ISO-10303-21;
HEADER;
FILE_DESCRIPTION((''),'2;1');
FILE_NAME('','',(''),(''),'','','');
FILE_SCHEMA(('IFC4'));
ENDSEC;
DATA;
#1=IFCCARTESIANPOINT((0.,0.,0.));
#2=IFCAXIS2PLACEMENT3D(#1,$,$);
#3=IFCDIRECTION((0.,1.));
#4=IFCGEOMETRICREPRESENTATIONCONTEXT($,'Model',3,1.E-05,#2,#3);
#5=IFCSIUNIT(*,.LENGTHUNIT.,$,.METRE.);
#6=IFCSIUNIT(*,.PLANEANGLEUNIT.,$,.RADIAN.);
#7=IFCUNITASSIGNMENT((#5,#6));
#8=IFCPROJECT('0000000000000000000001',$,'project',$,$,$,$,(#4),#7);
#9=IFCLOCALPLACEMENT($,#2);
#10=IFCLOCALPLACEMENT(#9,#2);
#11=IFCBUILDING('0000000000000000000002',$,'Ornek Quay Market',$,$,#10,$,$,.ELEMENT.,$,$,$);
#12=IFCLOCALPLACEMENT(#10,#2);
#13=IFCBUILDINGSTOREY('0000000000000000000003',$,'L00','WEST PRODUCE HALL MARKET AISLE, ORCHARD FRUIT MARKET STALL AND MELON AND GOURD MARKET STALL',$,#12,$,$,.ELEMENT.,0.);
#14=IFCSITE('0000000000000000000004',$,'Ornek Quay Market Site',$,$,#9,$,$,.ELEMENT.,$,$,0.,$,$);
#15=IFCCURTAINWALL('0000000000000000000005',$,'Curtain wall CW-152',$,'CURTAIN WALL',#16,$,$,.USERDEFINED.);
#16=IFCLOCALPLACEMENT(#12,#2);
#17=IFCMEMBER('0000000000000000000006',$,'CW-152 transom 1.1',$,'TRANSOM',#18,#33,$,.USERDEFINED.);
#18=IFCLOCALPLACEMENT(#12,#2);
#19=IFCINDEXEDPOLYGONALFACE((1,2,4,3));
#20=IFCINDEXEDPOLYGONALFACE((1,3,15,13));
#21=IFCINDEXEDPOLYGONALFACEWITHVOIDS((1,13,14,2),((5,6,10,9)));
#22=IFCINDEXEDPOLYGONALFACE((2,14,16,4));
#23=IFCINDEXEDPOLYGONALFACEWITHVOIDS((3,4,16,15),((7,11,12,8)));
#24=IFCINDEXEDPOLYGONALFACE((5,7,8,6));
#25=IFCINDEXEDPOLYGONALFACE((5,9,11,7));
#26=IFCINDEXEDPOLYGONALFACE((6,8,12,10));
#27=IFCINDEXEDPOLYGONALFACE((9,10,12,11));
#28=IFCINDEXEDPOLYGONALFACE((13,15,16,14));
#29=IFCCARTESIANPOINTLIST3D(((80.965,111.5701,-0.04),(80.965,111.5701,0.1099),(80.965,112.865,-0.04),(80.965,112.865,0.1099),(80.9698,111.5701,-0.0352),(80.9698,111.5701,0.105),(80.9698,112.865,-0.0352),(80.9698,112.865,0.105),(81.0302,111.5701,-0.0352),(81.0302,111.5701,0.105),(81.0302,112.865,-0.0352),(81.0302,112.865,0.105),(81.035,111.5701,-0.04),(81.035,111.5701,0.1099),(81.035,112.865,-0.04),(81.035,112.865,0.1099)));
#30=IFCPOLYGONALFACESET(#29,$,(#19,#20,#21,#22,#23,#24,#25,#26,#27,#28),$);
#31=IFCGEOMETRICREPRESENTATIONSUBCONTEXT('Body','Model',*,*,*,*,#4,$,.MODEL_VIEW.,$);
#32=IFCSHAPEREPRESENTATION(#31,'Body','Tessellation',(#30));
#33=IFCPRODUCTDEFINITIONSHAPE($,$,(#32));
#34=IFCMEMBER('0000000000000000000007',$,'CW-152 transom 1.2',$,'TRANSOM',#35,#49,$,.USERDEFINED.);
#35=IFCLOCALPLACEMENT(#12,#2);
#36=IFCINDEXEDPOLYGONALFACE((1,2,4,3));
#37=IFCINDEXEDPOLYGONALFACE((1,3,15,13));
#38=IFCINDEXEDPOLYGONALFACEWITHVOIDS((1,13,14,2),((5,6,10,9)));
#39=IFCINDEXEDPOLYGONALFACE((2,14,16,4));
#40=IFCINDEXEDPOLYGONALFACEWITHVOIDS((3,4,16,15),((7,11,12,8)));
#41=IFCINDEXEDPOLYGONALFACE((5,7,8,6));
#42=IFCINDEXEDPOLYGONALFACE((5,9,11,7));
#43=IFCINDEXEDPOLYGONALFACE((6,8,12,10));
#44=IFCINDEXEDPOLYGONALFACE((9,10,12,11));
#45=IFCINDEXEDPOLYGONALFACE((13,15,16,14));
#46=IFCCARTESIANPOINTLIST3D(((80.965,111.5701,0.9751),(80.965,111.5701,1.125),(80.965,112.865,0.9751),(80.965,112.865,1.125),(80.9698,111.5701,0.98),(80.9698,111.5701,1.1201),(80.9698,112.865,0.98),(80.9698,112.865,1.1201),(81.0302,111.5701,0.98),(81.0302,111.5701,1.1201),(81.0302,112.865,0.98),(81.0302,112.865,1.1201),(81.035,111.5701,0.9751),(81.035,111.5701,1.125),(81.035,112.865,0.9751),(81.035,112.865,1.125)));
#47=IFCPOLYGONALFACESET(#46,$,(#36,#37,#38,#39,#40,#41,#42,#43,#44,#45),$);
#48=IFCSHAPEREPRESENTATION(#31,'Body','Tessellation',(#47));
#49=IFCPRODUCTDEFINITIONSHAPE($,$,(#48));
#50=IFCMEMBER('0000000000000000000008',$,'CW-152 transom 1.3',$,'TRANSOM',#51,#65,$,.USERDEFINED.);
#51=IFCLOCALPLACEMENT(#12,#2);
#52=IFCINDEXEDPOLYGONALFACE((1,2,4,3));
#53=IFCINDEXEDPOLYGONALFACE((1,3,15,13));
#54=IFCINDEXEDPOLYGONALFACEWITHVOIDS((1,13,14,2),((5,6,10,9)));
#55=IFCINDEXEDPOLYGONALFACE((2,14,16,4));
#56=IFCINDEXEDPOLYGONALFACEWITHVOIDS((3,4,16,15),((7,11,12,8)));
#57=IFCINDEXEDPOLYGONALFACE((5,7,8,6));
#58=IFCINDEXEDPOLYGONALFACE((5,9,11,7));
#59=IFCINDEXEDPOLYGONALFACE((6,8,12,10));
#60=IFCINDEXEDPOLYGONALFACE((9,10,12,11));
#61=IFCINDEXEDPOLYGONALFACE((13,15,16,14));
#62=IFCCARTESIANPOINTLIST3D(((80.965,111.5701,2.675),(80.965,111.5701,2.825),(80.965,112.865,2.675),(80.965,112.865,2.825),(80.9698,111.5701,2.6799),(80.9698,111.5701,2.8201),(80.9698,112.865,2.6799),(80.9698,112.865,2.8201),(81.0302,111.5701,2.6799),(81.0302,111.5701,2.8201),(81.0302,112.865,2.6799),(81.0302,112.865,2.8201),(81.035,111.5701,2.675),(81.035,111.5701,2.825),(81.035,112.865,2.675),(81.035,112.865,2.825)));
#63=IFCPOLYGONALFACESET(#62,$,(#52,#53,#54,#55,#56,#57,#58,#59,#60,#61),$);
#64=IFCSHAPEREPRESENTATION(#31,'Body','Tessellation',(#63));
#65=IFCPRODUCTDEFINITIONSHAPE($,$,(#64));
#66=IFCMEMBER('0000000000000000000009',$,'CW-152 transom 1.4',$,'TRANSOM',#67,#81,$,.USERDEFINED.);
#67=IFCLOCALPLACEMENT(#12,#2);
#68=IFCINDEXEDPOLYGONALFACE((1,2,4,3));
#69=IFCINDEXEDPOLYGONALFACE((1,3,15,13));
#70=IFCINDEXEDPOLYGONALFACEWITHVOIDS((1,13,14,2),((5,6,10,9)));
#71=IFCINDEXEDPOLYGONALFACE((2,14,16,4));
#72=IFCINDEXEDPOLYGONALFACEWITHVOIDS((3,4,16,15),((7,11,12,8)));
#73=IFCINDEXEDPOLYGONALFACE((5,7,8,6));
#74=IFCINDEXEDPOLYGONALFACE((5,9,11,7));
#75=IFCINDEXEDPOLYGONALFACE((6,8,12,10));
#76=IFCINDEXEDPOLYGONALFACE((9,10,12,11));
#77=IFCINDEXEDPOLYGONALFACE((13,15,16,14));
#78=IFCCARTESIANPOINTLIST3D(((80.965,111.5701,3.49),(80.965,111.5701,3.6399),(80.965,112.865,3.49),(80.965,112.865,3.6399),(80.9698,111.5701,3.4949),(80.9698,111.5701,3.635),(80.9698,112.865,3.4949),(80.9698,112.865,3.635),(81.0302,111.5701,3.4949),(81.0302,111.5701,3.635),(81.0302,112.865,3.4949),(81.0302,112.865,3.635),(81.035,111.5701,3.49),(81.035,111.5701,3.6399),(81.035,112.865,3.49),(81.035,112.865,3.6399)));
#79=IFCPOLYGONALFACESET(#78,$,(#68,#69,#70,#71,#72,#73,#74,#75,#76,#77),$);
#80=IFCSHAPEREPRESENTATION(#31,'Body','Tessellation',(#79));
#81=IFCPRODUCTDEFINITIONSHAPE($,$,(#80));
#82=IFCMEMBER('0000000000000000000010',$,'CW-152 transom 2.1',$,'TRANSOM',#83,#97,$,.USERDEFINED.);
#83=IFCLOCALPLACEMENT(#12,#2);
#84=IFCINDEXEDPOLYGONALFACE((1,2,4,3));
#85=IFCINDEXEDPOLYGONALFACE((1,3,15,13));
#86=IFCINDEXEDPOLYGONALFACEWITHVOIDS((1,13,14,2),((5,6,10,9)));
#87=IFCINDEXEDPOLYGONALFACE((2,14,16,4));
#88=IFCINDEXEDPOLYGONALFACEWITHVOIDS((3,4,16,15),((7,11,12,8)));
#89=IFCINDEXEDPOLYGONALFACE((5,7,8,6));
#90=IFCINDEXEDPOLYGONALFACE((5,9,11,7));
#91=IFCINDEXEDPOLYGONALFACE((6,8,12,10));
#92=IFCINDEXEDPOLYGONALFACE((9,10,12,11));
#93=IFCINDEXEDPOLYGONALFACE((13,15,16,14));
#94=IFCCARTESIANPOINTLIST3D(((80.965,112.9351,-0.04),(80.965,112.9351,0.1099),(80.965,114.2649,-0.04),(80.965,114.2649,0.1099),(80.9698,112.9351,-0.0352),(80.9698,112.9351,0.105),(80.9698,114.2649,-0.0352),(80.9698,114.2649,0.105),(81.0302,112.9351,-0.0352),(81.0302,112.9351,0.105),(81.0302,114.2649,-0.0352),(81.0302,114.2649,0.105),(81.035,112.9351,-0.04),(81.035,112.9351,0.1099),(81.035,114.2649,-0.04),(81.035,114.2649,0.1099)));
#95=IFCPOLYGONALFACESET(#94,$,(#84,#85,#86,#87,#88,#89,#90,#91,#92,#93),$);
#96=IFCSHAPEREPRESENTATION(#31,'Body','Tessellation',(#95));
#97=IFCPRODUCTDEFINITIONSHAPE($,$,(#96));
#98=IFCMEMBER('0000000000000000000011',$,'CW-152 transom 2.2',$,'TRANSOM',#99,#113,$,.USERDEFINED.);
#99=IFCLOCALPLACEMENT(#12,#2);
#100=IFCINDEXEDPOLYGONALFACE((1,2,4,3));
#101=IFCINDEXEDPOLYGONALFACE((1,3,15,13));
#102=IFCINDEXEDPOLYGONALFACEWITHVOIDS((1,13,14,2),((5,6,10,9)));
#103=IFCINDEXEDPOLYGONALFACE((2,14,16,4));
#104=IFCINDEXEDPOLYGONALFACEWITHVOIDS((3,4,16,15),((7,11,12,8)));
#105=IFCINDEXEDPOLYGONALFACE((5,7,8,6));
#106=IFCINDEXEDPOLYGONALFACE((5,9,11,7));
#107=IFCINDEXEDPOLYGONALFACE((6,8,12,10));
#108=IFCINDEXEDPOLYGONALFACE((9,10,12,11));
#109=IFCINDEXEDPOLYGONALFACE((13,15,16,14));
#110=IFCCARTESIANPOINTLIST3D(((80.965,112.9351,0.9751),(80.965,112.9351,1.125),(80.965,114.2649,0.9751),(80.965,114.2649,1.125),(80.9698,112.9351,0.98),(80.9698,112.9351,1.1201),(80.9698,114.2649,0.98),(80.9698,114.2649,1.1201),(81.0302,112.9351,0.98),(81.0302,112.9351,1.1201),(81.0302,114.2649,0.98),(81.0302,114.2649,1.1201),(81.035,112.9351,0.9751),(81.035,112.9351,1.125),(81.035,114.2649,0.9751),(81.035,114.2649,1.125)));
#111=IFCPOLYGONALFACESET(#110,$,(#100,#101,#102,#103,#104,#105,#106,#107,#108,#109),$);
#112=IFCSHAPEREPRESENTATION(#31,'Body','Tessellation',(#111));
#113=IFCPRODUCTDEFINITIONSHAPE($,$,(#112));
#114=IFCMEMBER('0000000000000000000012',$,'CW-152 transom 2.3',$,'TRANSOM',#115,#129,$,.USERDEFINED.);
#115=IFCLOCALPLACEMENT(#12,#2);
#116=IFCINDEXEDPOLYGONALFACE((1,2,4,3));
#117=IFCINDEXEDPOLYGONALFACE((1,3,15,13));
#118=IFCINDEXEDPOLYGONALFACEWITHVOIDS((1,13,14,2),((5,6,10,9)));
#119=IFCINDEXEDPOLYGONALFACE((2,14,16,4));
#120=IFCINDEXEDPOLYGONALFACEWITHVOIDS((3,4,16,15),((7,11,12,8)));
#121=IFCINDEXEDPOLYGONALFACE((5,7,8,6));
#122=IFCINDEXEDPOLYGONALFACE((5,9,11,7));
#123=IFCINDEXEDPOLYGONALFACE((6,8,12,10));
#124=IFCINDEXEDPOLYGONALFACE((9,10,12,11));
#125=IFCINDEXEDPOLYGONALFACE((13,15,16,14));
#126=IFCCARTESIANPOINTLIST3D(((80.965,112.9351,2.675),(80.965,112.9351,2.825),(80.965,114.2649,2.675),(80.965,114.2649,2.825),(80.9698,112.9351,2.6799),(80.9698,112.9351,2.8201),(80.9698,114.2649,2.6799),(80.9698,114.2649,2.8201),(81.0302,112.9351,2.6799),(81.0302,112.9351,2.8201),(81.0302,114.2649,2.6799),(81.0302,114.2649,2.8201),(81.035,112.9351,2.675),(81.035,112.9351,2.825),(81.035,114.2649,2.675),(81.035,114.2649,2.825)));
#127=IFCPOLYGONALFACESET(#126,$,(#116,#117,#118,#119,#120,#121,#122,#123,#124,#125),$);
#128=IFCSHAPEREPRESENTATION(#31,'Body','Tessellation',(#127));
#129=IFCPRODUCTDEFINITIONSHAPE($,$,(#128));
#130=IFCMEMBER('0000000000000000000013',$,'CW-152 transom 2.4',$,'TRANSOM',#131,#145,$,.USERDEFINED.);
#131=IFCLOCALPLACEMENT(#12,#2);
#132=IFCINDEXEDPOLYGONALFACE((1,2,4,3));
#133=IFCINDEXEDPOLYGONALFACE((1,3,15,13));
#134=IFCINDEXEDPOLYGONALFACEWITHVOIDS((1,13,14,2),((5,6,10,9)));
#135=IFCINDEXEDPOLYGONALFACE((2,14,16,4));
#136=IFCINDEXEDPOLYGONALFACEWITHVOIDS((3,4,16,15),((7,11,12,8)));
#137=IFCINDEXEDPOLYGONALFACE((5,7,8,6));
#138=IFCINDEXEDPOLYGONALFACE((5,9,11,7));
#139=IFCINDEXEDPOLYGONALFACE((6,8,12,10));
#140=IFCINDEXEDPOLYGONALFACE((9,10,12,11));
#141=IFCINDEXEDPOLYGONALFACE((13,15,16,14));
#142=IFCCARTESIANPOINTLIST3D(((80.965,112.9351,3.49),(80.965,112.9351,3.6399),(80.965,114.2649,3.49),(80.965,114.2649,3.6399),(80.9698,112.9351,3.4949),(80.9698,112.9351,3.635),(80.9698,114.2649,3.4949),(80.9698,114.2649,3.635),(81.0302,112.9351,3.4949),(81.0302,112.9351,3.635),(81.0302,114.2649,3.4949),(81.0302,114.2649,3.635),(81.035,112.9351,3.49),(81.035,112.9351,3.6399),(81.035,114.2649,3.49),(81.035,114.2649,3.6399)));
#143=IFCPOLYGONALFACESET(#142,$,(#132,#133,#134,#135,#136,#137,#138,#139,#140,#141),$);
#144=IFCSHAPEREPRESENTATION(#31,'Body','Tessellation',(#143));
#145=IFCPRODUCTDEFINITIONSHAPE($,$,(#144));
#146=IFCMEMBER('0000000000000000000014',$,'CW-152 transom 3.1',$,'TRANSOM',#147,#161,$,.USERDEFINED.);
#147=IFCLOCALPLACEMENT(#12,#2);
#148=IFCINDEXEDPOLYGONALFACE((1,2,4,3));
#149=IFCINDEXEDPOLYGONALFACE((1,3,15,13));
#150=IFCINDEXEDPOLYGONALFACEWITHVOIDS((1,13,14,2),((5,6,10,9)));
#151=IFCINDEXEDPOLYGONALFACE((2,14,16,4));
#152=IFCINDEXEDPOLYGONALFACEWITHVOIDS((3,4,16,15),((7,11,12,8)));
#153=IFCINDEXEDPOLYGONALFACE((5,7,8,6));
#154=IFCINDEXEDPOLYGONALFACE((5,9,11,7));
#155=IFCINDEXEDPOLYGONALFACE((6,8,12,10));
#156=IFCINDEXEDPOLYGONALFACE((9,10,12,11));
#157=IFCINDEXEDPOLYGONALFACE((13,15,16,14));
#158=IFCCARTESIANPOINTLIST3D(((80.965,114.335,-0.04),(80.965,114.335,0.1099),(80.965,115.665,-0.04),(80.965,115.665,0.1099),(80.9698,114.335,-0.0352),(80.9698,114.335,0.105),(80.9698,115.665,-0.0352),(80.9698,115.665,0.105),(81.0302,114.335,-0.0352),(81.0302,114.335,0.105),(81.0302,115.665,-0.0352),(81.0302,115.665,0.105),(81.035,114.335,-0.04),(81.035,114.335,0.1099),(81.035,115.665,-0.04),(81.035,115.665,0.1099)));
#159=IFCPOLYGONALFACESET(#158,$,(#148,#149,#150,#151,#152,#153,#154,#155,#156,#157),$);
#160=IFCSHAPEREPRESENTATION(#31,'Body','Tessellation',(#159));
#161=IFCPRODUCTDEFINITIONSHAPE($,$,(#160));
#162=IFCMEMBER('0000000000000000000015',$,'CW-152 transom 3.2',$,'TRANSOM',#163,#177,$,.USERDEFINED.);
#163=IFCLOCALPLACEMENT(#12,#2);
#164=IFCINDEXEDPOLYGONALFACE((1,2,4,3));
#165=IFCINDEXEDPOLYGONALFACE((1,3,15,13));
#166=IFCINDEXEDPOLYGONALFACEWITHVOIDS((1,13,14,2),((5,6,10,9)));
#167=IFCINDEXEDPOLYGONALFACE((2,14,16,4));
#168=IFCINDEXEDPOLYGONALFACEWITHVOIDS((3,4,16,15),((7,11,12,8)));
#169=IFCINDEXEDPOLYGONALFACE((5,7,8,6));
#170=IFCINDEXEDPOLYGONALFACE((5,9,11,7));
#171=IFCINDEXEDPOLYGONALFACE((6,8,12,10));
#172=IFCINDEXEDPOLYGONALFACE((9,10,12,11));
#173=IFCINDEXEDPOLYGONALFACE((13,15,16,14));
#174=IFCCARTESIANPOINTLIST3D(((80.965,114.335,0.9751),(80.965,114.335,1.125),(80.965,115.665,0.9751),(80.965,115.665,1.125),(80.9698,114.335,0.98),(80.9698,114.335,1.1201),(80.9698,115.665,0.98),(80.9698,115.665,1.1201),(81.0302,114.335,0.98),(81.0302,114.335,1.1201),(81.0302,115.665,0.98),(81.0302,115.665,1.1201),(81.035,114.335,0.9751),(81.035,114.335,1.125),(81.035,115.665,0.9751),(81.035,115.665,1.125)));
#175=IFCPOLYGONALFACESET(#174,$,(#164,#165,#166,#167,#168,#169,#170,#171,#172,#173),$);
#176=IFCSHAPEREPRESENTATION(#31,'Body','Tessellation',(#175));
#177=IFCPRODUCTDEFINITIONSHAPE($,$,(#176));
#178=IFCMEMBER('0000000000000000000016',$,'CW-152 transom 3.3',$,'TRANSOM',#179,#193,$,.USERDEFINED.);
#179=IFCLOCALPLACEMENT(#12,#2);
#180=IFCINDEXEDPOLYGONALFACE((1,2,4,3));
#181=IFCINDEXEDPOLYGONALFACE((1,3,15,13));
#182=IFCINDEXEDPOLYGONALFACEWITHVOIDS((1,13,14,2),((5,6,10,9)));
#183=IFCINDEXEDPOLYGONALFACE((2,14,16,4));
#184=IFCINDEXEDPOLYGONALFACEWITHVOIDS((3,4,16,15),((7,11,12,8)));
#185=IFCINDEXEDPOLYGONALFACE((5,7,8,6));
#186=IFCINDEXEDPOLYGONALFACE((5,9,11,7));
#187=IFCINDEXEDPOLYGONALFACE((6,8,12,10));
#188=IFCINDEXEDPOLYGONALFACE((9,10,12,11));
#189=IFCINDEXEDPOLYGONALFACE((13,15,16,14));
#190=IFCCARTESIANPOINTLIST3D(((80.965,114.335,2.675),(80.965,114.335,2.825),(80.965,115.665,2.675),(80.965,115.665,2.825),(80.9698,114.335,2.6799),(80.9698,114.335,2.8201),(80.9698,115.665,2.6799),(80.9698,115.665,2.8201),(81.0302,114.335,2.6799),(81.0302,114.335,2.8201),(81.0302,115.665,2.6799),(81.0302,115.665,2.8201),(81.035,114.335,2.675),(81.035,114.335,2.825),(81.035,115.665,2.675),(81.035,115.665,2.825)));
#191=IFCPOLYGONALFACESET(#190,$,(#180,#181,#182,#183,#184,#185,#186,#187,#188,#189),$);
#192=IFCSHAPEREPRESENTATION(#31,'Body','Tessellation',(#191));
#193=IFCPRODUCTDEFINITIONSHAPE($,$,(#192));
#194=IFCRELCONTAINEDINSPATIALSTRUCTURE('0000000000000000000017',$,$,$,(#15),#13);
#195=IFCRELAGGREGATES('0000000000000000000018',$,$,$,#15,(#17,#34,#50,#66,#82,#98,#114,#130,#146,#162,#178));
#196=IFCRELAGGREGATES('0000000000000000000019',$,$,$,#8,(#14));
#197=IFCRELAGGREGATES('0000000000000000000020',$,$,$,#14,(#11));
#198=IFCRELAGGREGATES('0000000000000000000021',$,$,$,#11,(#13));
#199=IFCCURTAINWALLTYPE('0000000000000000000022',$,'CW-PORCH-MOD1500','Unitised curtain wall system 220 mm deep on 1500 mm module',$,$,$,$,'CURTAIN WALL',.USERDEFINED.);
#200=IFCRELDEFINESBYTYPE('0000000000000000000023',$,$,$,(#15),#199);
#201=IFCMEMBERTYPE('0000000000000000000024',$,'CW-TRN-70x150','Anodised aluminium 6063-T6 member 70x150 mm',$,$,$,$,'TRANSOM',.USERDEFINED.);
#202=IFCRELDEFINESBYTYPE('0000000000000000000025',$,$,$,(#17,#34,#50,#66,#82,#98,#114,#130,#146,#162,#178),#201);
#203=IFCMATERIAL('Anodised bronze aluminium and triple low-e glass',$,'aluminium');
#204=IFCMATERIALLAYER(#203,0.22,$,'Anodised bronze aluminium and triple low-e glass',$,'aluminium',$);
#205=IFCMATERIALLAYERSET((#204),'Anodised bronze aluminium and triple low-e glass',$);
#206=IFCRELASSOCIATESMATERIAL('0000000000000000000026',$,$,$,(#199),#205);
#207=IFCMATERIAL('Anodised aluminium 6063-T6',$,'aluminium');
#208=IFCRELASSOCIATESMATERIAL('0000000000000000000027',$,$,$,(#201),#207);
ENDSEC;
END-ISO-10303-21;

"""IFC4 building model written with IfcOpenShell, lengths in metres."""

from ifc_helpers import new_model, si_unit, direction, frame, origin, origin_2d, place, context, subcontext, project, spatial, hollow_rectangle, extrude, material, layer, layer_set, material_profile, profile_set, type_object, element, aggregate, save


model = new_model("IFC4")

# Units and contexts
model_context = context("Model", 3, precision=1e-05, world=origin(), true_north=direction((0.0, 1.0)))
body_context = subcontext(model_context, "Body", "Model", "MODEL_VIEW")
ifc_project = project(units=[si_unit("LENGTHUNIT", "METRE"), si_unit("PLANEANGLEUNIT", "RADIAN")], contexts=[model_context])

# Site, building, storey
site_placement = place(None, origin())
site = spatial("IfcSite", under=ifc_project, at=site_placement, Name="Ornek Quay Market Site", CompositionType="ELEMENT", RefElevation=0.0)
building_placement = place(site_placement, origin())
building = spatial("IfcBuilding", under=site, at=building_placement, Name="Ornek Quay Market", CompositionType="ELEMENT")
storey_placement = place(building_placement, origin())
storey = spatial("IfcBuildingStorey", under=building, at=storey_placement, Name="L00", Description="WEST PRODUCE HALL MARKET AISLE, ORCHARD FRUIT MARKET STALL AND MELON AND GOURD MARKET STALL", CompositionType="ELEMENT", Elevation=0.0)

# Curtain wall, members
ifc_material_1 = material(Name="Anodised bronze aluminium and triple low-e glass", Category="aluminium")
ifc_layer_1 = layer(ifc_material_1, 0.22, Name="Anodised bronze aluminium and triple low-e glass", Category="aluminium")
ifc_layer_set_1 = layer_set([ifc_layer_1], Name="Anodised bronze aluminium and triple low-e glass")
curtain_wall_type = type_object("IfcCurtainWallType", Name="CW-PORCH-MOD1500", Description="Unitised curtain wall system 220 mm deep on 1500 mm module", ElementType="CURTAIN WALL", PredefinedType="USERDEFINED", material=ifc_layer_set_1)
curtain_wall_placement = place(storey_placement, origin())
curtain_wall = element("IfcCurtainWall", 1, at=curtain_wall_placement, inside=storey, type_object=curtain_wall_type, Name="Curtain wall CW-152", ObjectType="CURTAIN WALL", PredefinedType="USERDEFINED")
ifc_material_2 = material(Name="Anodised aluminium 6063-T6", Category="aluminium")
ifc_material_profile_1 = material_profile(ifc_material_2, hollow_rectangle(XDim=0.0701, YDim=0.1499, WallThickness=0.0049, at=origin_2d()), Name="CW-TRN-70x150", Category="aluminium")
ifc_profile_set_1 = profile_set([ifc_material_profile_1], Name="Anodised aluminium 6063-T6")
member_type_1 = type_object("IfcMemberType", Name="CW-TRN-70x150", Description="Anodised aluminium 6063-T6 member 70x150 mm", ElementType="TRANSOM", PredefinedType="USERDEFINED", material=ifc_profile_set_1)
member_1_placement = place(storey_placement, frame((81.0, 111.5701, 0.0349), z_axis=(0.0, 1.0, 0.0), x_axis=(-1.0, 0.0, 0.0)))
member_1 = element("IfcMember", 2, at=member_1_placement, type_object=member_type_1, Name="CW-152 transom 1.1", ObjectType="TRANSOM", PredefinedType="USERDEFINED", context=body_context, shape_type="SweptSolid", body=[
    extrude(hollow_rectangle(XDim=0.0701, YDim=0.1499, WallThickness=0.0049, at=origin_2d()), origin(), (0.0, 0.0, 1.0), 1.2949),
])
member_2_placement = place(storey_placement, frame((81.0, 111.5701, 1.05), z_axis=(0.0, 1.0, 0.0), x_axis=(-1.0, 0.0, 0.0)))
member_2 = element("IfcMember", 3, at=member_2_placement, type_object=member_type_1, Name="CW-152 transom 1.2", ObjectType="TRANSOM", PredefinedType="USERDEFINED", context=body_context, shape_type="SweptSolid", body=[
    extrude(hollow_rectangle(XDim=0.0701, YDim=0.1499, WallThickness=0.0049, at=origin_2d()), origin(), (0.0, 0.0, 1.0), 1.2949),
])
member_3_placement = place(storey_placement, frame((81.0, 111.5701, 2.75), z_axis=(0.0, 1.0, 0.0), x_axis=(-1.0, 0.0, 0.0)))
member_3 = element("IfcMember", 4, at=member_3_placement, type_object=member_type_1, Name="CW-152 transom 1.3", ObjectType="TRANSOM", PredefinedType="USERDEFINED", context=body_context, shape_type="SweptSolid", body=[
    extrude(hollow_rectangle(XDim=0.0701, YDim=0.1499, WallThickness=0.0049, at=origin_2d()), origin(), (0.0, 0.0, 1.0), 1.2949),
])
member_4_placement = place(storey_placement, frame((81.0, 111.5701, 3.5649), z_axis=(0.0, 1.0, 0.0), x_axis=(-1.0, 0.0, 0.0)))
member_4 = element("IfcMember", 5, at=member_4_placement, type_object=member_type_1, Name="CW-152 transom 1.4", ObjectType="TRANSOM", PredefinedType="USERDEFINED", context=body_context, shape_type="SweptSolid", body=[
    extrude(hollow_rectangle(XDim=0.0701, YDim=0.1499, WallThickness=0.0049, at=origin_2d()), origin(), (0.0, 0.0, 1.0), 1.2949),
])
member_5_placement = place(storey_placement, frame((81.0, 112.9351, 0.0349), z_axis=(0.0, 1.0, 0.0), x_axis=(-1.0, 0.0, 0.0)))
member_5 = element("IfcMember", 6, at=member_5_placement, type_object=member_type_1, Name="CW-152 transom 2.1", ObjectType="TRANSOM", PredefinedType="USERDEFINED", context=body_context, shape_type="SweptSolid", body=[
    extrude(hollow_rectangle(XDim=0.0701, YDim=0.1499, WallThickness=0.0049, at=origin_2d()), origin(), (0.0, 0.0, 1.0), 1.3298),
])
member_6_placement = place(storey_placement, frame((81.0, 112.9351, 1.05), z_axis=(0.0, 1.0, 0.0), x_axis=(-1.0, 0.0, 0.0)))
member_6 = element("IfcMember", 7, at=member_6_placement, type_object=member_type_1, Name="CW-152 transom 2.2", ObjectType="TRANSOM", PredefinedType="USERDEFINED", context=body_context, shape_type="SweptSolid", body=[
    extrude(hollow_rectangle(XDim=0.0701, YDim=0.1499, WallThickness=0.0049, at=origin_2d()), origin(), (0.0, 0.0, 1.0), 1.3298),
])
member_7_placement = place(storey_placement, frame((81.0, 112.9351, 2.75), z_axis=(0.0, 1.0, 0.0), x_axis=(-1.0, 0.0, 0.0)))
member_7 = element("IfcMember", 8, at=member_7_placement, type_object=member_type_1, Name="CW-152 transom 2.3", ObjectType="TRANSOM", PredefinedType="USERDEFINED", context=body_context, shape_type="SweptSolid", body=[
    extrude(hollow_rectangle(XDim=0.0701, YDim=0.1499, WallThickness=0.0049, at=origin_2d()), origin(), (0.0, 0.0, 1.0), 1.3298),
])
member_8_placement = place(storey_placement, frame((81.0, 112.9351, 3.5649), z_axis=(0.0, 1.0, 0.0), x_axis=(-1.0, 0.0, 0.0)))
member_8 = element("IfcMember", 9, at=member_8_placement, type_object=member_type_1, Name="CW-152 transom 2.4", ObjectType="TRANSOM", PredefinedType="USERDEFINED", context=body_context, shape_type="SweptSolid", body=[
    extrude(hollow_rectangle(XDim=0.0701, YDim=0.1499, WallThickness=0.0049, at=origin_2d()), origin(), (0.0, 0.0, 1.0), 1.3298),
])
member_9_placement = place(storey_placement, frame((81.0, 114.335, 0.0349), z_axis=(0.0, 1.0, 0.0), x_axis=(-1.0, 0.0, 0.0)))
member_9 = element("IfcMember", 10, at=member_9_placement, type_object=member_type_1, Name="CW-152 transom 3.1", ObjectType="TRANSOM", PredefinedType="USERDEFINED", context=body_context, shape_type="SweptSolid", body=[
    extrude(hollow_rectangle(XDim=0.0701, YDim=0.1499, WallThickness=0.0049, at=origin_2d()), origin(), (0.0, 0.0, 1.0), 1.3301),
])
member_10_placement = place(storey_placement, frame((81.0, 114.335, 1.05), z_axis=(0.0, 1.0, 0.0), x_axis=(-1.0, 0.0, 0.0)))
member_10 = element("IfcMember", 11, at=member_10_placement, type_object=member_type_1, Name="CW-152 transom 3.2", ObjectType="TRANSOM", PredefinedType="USERDEFINED", context=body_context, shape_type="SweptSolid", body=[
    extrude(hollow_rectangle(XDim=0.0701, YDim=0.1499, WallThickness=0.0049, at=origin_2d()), origin(), (0.0, 0.0, 1.0), 1.3301),
])
member_11_placement = place(storey_placement, frame((81.0, 114.335, 2.75), z_axis=(0.0, 1.0, 0.0), x_axis=(-1.0, 0.0, 0.0)))
member_11 = element("IfcMember", 12, at=member_11_placement, type_object=member_type_1, Name="CW-152 transom 3.3", ObjectType="TRANSOM", PredefinedType="USERDEFINED", context=body_context, shape_type="SweptSolid", body=[
    extrude(hollow_rectangle(XDim=0.0701, YDim=0.1499, WallThickness=0.0049, at=origin_2d()), origin(), (0.0, 0.0, 1.0), 1.3301),
])
aggregate(curtain_wall, [member_1, member_2, member_3, member_4, member_5, member_6, member_7, member_8, member_9, member_10, member_11])

save(model, "model.ifc")
